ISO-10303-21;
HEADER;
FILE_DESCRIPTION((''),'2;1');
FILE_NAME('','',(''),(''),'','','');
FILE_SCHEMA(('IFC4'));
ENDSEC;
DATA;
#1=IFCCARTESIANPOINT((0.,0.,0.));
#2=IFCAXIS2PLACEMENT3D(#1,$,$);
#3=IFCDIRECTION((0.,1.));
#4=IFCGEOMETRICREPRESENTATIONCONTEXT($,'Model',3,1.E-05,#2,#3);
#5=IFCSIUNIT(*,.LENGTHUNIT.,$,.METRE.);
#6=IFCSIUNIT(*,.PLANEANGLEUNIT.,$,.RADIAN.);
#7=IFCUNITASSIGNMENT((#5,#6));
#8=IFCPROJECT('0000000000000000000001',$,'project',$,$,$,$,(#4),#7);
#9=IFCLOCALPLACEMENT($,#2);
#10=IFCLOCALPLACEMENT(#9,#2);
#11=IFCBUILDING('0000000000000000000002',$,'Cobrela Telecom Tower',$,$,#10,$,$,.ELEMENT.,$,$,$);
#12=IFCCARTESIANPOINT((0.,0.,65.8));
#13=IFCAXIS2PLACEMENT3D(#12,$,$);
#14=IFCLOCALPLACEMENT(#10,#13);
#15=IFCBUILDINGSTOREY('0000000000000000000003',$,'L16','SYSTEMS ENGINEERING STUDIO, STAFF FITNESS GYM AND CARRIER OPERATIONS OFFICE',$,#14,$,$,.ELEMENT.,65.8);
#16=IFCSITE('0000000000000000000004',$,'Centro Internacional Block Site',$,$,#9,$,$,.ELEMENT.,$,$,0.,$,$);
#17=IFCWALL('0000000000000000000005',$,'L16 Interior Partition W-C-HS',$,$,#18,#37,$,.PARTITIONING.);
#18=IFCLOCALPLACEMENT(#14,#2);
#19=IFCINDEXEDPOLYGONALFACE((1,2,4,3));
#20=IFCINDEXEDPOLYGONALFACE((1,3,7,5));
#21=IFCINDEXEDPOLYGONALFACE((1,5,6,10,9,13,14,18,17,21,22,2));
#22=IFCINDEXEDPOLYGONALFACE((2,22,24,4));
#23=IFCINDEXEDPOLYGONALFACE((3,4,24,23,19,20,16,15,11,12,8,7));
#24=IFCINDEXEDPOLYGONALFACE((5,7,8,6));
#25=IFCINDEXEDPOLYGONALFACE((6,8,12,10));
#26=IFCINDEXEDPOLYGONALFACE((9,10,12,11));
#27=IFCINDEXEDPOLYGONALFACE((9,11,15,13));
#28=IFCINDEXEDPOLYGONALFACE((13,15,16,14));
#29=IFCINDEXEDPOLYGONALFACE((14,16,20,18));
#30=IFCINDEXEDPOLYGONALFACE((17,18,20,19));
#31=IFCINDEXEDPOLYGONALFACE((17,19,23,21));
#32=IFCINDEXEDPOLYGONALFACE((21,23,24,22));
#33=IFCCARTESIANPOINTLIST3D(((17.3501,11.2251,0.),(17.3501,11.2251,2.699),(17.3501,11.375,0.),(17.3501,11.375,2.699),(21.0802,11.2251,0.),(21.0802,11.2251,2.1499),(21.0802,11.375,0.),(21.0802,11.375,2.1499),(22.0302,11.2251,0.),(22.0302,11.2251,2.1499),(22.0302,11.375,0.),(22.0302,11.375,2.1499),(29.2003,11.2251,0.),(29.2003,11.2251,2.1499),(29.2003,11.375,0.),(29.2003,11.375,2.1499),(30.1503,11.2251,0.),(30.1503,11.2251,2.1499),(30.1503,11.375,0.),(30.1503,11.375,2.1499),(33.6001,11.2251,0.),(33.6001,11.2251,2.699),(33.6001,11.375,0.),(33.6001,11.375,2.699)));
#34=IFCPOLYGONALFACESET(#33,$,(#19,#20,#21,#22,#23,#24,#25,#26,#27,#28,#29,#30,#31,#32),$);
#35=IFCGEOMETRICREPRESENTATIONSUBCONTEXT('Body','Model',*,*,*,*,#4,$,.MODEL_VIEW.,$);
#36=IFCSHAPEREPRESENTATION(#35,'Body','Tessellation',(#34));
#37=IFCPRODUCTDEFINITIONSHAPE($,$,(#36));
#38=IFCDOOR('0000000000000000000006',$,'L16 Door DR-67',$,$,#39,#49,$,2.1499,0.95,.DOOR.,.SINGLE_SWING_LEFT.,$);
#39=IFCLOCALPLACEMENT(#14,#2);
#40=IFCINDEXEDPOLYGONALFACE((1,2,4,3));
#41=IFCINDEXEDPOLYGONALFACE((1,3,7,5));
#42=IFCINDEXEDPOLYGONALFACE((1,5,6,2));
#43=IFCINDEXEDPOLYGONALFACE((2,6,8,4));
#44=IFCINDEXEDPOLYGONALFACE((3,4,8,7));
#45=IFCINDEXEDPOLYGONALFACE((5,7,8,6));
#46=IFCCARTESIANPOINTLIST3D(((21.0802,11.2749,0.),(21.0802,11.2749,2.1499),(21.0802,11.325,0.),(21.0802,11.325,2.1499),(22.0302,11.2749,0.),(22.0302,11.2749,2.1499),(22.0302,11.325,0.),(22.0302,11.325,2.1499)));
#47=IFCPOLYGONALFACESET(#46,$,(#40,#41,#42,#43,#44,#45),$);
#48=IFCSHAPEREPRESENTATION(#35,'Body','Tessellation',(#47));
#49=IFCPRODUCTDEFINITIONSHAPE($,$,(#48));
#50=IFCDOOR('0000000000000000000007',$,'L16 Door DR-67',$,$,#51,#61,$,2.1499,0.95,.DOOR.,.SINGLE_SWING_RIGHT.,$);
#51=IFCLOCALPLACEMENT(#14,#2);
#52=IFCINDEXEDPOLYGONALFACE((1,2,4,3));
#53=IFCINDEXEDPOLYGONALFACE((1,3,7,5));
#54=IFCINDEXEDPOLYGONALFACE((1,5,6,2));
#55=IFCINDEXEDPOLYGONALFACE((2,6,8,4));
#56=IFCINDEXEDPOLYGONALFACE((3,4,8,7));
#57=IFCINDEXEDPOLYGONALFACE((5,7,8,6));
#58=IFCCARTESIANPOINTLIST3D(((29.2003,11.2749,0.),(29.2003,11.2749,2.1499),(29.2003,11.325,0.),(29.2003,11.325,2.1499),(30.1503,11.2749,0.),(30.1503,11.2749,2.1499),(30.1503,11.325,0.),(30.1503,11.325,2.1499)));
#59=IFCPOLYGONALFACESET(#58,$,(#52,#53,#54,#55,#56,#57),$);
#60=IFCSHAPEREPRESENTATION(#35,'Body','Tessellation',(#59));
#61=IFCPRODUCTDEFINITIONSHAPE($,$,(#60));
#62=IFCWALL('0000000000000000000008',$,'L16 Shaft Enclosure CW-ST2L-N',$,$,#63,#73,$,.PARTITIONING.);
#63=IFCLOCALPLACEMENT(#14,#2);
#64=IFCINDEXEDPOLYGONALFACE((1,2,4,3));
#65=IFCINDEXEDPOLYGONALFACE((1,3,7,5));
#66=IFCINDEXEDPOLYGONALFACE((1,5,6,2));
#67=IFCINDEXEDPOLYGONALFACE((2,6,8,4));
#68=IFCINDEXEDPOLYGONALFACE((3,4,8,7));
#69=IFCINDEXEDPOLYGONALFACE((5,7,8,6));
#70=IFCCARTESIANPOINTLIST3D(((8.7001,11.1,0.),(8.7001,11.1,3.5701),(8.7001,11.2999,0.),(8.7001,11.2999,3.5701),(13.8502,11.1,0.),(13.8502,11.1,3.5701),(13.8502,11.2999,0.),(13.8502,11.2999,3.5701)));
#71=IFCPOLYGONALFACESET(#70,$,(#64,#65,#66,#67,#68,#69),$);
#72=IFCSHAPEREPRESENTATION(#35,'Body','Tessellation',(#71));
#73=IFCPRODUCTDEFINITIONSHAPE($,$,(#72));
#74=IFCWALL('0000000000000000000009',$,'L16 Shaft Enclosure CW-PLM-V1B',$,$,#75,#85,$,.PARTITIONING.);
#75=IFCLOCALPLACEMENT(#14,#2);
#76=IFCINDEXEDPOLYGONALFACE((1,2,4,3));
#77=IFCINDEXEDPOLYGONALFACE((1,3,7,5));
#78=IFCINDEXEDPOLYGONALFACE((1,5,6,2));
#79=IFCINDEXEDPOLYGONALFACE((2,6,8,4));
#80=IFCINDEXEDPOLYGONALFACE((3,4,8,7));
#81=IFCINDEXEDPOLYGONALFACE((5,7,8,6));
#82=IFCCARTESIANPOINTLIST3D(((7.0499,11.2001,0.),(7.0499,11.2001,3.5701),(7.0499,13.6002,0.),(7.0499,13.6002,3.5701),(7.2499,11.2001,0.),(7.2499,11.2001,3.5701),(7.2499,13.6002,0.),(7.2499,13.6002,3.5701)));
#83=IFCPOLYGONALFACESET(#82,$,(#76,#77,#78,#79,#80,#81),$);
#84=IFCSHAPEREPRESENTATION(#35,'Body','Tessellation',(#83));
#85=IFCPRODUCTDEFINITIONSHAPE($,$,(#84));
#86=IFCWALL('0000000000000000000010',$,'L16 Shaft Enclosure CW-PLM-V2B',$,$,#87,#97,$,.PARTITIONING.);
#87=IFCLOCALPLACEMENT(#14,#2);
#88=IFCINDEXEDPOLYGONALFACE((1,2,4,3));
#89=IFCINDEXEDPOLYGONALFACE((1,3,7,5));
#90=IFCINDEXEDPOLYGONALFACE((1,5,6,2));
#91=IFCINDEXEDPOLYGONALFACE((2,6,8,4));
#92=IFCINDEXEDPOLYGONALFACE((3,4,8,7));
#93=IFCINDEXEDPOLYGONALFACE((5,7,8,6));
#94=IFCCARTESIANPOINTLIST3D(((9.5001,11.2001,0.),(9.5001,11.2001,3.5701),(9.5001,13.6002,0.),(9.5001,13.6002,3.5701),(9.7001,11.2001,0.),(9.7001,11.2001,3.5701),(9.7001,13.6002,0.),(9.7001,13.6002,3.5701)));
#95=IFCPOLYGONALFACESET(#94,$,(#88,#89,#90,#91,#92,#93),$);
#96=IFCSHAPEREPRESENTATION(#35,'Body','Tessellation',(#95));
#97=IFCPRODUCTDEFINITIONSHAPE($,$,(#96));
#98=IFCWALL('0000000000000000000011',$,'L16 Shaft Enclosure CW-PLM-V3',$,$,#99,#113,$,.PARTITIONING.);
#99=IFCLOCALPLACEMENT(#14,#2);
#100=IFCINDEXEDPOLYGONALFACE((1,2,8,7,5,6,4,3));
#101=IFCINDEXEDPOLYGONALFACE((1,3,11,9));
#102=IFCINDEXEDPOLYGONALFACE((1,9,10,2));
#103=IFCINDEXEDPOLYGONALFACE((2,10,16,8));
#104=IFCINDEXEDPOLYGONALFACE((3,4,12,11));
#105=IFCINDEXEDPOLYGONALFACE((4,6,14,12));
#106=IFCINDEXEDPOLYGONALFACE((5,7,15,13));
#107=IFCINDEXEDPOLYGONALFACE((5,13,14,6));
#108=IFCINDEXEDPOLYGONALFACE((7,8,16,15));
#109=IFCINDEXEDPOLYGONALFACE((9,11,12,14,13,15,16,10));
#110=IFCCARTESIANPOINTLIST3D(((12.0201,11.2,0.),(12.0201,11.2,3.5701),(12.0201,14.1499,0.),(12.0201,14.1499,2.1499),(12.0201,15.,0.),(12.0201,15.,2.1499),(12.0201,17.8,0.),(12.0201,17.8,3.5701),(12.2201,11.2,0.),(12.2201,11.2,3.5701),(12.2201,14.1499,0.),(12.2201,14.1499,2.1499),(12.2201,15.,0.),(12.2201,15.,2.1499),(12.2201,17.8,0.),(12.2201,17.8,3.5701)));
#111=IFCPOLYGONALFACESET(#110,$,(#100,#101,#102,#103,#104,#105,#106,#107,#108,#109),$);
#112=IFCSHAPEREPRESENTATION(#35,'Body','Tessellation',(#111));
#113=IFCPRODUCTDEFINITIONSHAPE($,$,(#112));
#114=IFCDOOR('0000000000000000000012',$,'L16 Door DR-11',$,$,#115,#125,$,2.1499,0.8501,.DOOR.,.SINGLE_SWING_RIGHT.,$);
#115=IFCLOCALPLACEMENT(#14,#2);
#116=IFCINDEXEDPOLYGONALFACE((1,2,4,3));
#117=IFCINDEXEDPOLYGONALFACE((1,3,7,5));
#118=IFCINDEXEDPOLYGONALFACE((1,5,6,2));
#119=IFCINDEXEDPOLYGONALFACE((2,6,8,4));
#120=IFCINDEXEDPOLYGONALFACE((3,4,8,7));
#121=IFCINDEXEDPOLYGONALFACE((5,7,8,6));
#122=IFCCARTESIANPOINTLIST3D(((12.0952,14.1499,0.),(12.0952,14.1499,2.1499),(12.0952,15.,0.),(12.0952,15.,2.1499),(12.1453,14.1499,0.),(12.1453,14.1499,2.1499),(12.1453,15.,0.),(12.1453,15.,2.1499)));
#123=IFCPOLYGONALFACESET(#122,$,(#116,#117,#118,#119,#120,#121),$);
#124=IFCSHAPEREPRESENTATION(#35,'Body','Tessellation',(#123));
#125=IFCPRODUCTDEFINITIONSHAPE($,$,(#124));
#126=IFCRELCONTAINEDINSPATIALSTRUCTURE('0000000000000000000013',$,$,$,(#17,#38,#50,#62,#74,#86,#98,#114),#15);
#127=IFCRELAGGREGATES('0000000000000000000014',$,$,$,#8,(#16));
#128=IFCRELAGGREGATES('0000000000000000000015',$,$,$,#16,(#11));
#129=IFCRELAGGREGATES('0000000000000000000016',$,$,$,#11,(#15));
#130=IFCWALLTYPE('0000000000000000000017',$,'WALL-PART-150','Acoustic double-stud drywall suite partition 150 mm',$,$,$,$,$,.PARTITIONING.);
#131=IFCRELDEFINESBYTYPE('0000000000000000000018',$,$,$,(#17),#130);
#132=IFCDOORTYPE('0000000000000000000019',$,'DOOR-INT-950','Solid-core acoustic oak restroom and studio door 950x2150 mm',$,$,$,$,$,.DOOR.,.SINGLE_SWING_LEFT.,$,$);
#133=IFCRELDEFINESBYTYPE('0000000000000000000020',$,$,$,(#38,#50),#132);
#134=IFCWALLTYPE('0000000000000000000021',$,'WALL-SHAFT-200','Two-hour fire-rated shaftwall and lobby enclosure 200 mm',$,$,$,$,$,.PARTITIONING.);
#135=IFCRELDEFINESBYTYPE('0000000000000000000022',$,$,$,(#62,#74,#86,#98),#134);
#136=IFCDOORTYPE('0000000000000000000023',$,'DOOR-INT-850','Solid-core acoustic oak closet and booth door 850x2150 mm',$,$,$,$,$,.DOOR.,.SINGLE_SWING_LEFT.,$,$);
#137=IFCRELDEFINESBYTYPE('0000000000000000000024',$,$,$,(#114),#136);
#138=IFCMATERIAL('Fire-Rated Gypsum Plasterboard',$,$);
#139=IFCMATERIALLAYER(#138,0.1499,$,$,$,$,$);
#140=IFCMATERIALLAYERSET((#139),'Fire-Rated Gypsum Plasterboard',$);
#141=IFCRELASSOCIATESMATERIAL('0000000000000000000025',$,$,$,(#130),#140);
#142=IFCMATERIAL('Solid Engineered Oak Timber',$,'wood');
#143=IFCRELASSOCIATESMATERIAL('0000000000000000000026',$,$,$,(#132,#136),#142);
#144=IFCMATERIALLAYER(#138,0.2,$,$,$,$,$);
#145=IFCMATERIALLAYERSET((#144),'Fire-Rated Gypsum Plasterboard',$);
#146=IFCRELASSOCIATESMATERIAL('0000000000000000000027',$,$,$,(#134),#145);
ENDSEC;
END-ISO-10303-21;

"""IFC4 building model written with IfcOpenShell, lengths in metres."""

from ifc_helpers import new_model, si_unit, direction, frame, frame_2d, origin, place, context, subcontext, project, spatial, rectangle, extrude, material, layer, layer_set, type_object, element, fill, save


model = new_model("IFC4")

# Units and contexts
model_context = context("Model", 3, precision=1e-05, world=origin(), true_north=direction((0.0, 1.0)))
body_context = subcontext(model_context, "Body", "Model", "MODEL_VIEW")
ifc_project = project(units=[si_unit("LENGTHUNIT", "METRE"), si_unit("PLANEANGLEUNIT", "RADIAN")], contexts=[model_context])

# Site, building, storey
site_placement = place(None, origin())
site = spatial("IfcSite", under=ifc_project, at=site_placement, Name="Centro Internacional Block Site", CompositionType="ELEMENT", RefElevation=0.0)
building_placement = place(site_placement, origin())
building = spatial("IfcBuilding", under=site, at=building_placement, Name="Cobrela Telecom Tower", CompositionType="ELEMENT")
storey_placement = place(building_placement, frame((0.0, 0.0, 65.8)))
storey = spatial("IfcBuildingStorey", under=building, at=storey_placement, Name="L16", Description="SYSTEMS ENGINEERING STUDIO, STAFF FITNESS GYM AND CARRIER OPERATIONS OFFICE", CompositionType="ELEMENT", Elevation=65.8)

# Shared definitions
ifc_material_1 = material(Name="Fire-Rated Gypsum Plasterboard")
ifc_layer_1 = layer(ifc_material_1, 0.1499)
ifc_layer_set_1 = layer_set([ifc_layer_1], Name="Fire-Rated Gypsum Plasterboard")
wall_type_1 = type_object("IfcWallType", Name="WALL-PART-150", Description="Acoustic double-stud drywall suite partition 150 mm", PredefinedType="PARTITIONING", material=ifc_layer_set_1)
ifc_material_2 = material(Name="Solid Engineered Oak Timber", Category="wood")
door_type_1 = type_object("IfcDoorType", Name="DOOR-INT-950", Description="Solid-core acoustic oak restroom and studio door 950x2150 mm", OperationType="SINGLE_SWING_LEFT", PredefinedType="DOOR", material=ifc_material_2)

# Wall, openings, doors
wall_1_placement = place(storey_placement, frame((17.3501, 11.3, 0.0), z_axis=(0.0, 0.0, 1.0), x_axis=(1.0, 0.0, 0.0)))
wall_1 = element("IfcWall", 1, at=wall_1_placement, inside=storey, type_object=wall_type_1, Name="L16 Interior Partition W-C-HS", PredefinedType="PARTITIONING", context=body_context, shape_type="SweptSolid", body=[
    extrude(rectangle(XDim=16.25, YDim=0.1499, at=frame_2d((8.125, 0.0))), origin(), (0.0, 0.0, 1.0), 2.699),
])
opening_1_placement = place(wall_1_placement, frame((3.73, 0.0, 0.0)))
opening_1 = element("IfcOpeningElement", 2, at=opening_1_placement, cuts=wall_1, PredefinedType="OPENING", context=body_context, shape_type="SweptSolid", body=[
    extrude(rectangle(XDim=0.95, YDim=2.1499, at=frame_2d((0.4751, 1.075))), frame((0.0, 0.0869, 0.0), z_axis=(0.0, -1.0, 0.0), x_axis=(1.0, 0.0, 0.0)), (0.0, 0.0, 1.0), 0.1738),
])
opening_2_placement = place(wall_1_placement, frame((11.8501, 0.0, 0.0)))
opening_2 = element("IfcOpeningElement", 3, at=opening_2_placement, cuts=wall_1, PredefinedType="OPENING", context=body_context, shape_type="SweptSolid", body=[
    extrude(rectangle(XDim=0.95, YDim=2.1499, at=frame_2d((0.4751, 1.075))), frame((0.0, 0.0869, 0.0), z_axis=(0.0, -1.0, 0.0), x_axis=(1.0, 0.0, 0.0)), (0.0, 0.0, 1.0), 0.1738),
])
door_1_placement = place(opening_1_placement, origin())
door_1 = element("IfcDoor", 4, at=door_1_placement, inside=storey, type_object=door_type_1, Name="L16 Door DR-67", OperationType="SINGLE_SWING_LEFT", OverallHeight=2.1499, OverallWidth=0.95, PredefinedType="DOOR", context=body_context, shape_type="SweptSolid", body=[
    extrude(rectangle(XDim=0.95, YDim=2.1499, at=frame_2d((0.4751, 1.075))), frame((0.0, 0.0249, 0.0), z_axis=(0.0, -1.0, 0.0), x_axis=(1.0, 0.0, 0.0)), (0.0, 0.0, 1.0), 0.05),
])
fill(opening_1, door_1)
door_2_placement = place(opening_2_placement, origin())
door_2 = element("IfcDoor", 5, at=door_2_placement, inside=storey, type_object=door_type_1, Name="L16 Door DR-67", OperationType="SINGLE_SWING_RIGHT", OverallHeight=2.1499, OverallWidth=0.95, PredefinedType="DOOR", context=body_context, shape_type="SweptSolid", body=[
    extrude(rectangle(XDim=0.95, YDim=2.1499, at=frame_2d((0.4751, 1.075))), frame((0.0, 0.0249, 0.0), z_axis=(0.0, -1.0, 0.0), x_axis=(1.0, 0.0, 0.0)), (0.0, 0.0, 1.0), 0.05),
])
fill(opening_2, door_2)
door_type_2 = type_object("IfcDoorType", Name="DOOR-INT-850", Description="Solid-core acoustic oak closet and booth door 850x2150 mm", OperationType="SINGLE_SWING_LEFT", PredefinedType="DOOR", material=ifc_material_2)

# Walls
ifc_layer_2 = layer(ifc_material_1, 0.2)
ifc_layer_set_2 = layer_set([ifc_layer_2], Name="Fire-Rated Gypsum Plasterboard")
wall_type_2 = type_object("IfcWallType", Name="WALL-SHAFT-200", Description="Two-hour fire-rated shaftwall and lobby enclosure 200 mm", PredefinedType="PARTITIONING", material=ifc_layer_set_2)
wall_2_placement = place(storey_placement, frame((8.7, 11.2, 0.0), z_axis=(0.0, 0.0, 1.0), x_axis=(1.0, 0.0, 0.0)))
element("IfcWall", 6, at=wall_2_placement, inside=storey, type_object=wall_type_2, Name="L16 Shaft Enclosure CW-ST2L-N", PredefinedType="PARTITIONING", context=body_context, shape_type="SweptSolid", body=[
    extrude(rectangle(XDim=5.1501, YDim=0.2, at=frame_2d((2.5752, 0.0))), origin(), (0.0, 0.0, 1.0), 3.5701),
])
for number, where, z_axis, x_axis, name in (
    (7, (7.1499, 11.2, 0.0), (0.0, 0.0, 1.0), (0.0, 1.0, 0.0), "L16 Shaft Enclosure CW-PLM-V1B"),
    (8, (9.6001, 11.2, 0.0), (0.0, 0.0, 1.0), (0.0, 1.0, 0.0), "L16 Shaft Enclosure CW-PLM-V2B"),
):
    element("IfcWall", number, at=place(storey_placement, frame(where, z_axis=z_axis, x_axis=x_axis)), inside=storey, type_object=wall_type_2, Name=name, PredefinedType="PARTITIONING", context=body_context, shape_type="SweptSolid", body=[
        extrude(rectangle(XDim=2.4001, YDim=0.2, at=frame_2d((1.2002, 0.0))), origin(), (0.0, 0.0, 1.0), 3.5701),
    ])

# Wall, opening, door
wall_3_placement = place(storey_placement, frame((12.1201, 11.2, 0.0), z_axis=(0.0, 0.0, 1.0), x_axis=(0.0, 1.0, 0.0)))
wall_3 = element("IfcWall", 9, at=wall_3_placement, inside=storey, type_object=wall_type_2, Name="L16 Shaft Enclosure CW-PLM-V3", PredefinedType="PARTITIONING", context=body_context, shape_type="SweptSolid", body=[
    extrude(rectangle(XDim=6.6001, YDim=0.2, at=frame_2d((3.3, 0.0))), origin(), (0.0, 0.0, 1.0), 3.5701),
])
opening_3_placement = place(wall_3_placement, frame((2.95, 0.0, 0.0)))
opening_3 = element("IfcOpeningElement", 10, at=opening_3_placement, cuts=wall_3, PredefinedType="OPENING", context=body_context, shape_type="SweptSolid", body=[
    extrude(rectangle(XDim=0.8501, YDim=2.1499, at=frame_2d((0.425, 1.075))), frame((0.0, 0.1118, 0.0), z_axis=(0.0, -1.0, 0.0), x_axis=(1.0, 0.0, 0.0)), (0.0, 0.0, 1.0), 0.2239),
])
door_3_placement = place(opening_3_placement, origin())
door_3 = element("IfcDoor", 11, at=door_3_placement, inside=storey, type_object=door_type_2, Name="L16 Door DR-11", OperationType="SINGLE_SWING_RIGHT", OverallHeight=2.1499, OverallWidth=0.8501, PredefinedType="DOOR", context=body_context, shape_type="SweptSolid", body=[
    extrude(rectangle(XDim=0.8501, YDim=2.1499, at=frame_2d((0.425, 1.075))), frame((0.0, 0.0249, 0.0), z_axis=(0.0, -1.0, 0.0), x_axis=(1.0, 0.0, 0.0)), (0.0, 0.0, 1.0), 0.05),
])
fill(opening_3, door_3)

save(model, "model.ifc")
